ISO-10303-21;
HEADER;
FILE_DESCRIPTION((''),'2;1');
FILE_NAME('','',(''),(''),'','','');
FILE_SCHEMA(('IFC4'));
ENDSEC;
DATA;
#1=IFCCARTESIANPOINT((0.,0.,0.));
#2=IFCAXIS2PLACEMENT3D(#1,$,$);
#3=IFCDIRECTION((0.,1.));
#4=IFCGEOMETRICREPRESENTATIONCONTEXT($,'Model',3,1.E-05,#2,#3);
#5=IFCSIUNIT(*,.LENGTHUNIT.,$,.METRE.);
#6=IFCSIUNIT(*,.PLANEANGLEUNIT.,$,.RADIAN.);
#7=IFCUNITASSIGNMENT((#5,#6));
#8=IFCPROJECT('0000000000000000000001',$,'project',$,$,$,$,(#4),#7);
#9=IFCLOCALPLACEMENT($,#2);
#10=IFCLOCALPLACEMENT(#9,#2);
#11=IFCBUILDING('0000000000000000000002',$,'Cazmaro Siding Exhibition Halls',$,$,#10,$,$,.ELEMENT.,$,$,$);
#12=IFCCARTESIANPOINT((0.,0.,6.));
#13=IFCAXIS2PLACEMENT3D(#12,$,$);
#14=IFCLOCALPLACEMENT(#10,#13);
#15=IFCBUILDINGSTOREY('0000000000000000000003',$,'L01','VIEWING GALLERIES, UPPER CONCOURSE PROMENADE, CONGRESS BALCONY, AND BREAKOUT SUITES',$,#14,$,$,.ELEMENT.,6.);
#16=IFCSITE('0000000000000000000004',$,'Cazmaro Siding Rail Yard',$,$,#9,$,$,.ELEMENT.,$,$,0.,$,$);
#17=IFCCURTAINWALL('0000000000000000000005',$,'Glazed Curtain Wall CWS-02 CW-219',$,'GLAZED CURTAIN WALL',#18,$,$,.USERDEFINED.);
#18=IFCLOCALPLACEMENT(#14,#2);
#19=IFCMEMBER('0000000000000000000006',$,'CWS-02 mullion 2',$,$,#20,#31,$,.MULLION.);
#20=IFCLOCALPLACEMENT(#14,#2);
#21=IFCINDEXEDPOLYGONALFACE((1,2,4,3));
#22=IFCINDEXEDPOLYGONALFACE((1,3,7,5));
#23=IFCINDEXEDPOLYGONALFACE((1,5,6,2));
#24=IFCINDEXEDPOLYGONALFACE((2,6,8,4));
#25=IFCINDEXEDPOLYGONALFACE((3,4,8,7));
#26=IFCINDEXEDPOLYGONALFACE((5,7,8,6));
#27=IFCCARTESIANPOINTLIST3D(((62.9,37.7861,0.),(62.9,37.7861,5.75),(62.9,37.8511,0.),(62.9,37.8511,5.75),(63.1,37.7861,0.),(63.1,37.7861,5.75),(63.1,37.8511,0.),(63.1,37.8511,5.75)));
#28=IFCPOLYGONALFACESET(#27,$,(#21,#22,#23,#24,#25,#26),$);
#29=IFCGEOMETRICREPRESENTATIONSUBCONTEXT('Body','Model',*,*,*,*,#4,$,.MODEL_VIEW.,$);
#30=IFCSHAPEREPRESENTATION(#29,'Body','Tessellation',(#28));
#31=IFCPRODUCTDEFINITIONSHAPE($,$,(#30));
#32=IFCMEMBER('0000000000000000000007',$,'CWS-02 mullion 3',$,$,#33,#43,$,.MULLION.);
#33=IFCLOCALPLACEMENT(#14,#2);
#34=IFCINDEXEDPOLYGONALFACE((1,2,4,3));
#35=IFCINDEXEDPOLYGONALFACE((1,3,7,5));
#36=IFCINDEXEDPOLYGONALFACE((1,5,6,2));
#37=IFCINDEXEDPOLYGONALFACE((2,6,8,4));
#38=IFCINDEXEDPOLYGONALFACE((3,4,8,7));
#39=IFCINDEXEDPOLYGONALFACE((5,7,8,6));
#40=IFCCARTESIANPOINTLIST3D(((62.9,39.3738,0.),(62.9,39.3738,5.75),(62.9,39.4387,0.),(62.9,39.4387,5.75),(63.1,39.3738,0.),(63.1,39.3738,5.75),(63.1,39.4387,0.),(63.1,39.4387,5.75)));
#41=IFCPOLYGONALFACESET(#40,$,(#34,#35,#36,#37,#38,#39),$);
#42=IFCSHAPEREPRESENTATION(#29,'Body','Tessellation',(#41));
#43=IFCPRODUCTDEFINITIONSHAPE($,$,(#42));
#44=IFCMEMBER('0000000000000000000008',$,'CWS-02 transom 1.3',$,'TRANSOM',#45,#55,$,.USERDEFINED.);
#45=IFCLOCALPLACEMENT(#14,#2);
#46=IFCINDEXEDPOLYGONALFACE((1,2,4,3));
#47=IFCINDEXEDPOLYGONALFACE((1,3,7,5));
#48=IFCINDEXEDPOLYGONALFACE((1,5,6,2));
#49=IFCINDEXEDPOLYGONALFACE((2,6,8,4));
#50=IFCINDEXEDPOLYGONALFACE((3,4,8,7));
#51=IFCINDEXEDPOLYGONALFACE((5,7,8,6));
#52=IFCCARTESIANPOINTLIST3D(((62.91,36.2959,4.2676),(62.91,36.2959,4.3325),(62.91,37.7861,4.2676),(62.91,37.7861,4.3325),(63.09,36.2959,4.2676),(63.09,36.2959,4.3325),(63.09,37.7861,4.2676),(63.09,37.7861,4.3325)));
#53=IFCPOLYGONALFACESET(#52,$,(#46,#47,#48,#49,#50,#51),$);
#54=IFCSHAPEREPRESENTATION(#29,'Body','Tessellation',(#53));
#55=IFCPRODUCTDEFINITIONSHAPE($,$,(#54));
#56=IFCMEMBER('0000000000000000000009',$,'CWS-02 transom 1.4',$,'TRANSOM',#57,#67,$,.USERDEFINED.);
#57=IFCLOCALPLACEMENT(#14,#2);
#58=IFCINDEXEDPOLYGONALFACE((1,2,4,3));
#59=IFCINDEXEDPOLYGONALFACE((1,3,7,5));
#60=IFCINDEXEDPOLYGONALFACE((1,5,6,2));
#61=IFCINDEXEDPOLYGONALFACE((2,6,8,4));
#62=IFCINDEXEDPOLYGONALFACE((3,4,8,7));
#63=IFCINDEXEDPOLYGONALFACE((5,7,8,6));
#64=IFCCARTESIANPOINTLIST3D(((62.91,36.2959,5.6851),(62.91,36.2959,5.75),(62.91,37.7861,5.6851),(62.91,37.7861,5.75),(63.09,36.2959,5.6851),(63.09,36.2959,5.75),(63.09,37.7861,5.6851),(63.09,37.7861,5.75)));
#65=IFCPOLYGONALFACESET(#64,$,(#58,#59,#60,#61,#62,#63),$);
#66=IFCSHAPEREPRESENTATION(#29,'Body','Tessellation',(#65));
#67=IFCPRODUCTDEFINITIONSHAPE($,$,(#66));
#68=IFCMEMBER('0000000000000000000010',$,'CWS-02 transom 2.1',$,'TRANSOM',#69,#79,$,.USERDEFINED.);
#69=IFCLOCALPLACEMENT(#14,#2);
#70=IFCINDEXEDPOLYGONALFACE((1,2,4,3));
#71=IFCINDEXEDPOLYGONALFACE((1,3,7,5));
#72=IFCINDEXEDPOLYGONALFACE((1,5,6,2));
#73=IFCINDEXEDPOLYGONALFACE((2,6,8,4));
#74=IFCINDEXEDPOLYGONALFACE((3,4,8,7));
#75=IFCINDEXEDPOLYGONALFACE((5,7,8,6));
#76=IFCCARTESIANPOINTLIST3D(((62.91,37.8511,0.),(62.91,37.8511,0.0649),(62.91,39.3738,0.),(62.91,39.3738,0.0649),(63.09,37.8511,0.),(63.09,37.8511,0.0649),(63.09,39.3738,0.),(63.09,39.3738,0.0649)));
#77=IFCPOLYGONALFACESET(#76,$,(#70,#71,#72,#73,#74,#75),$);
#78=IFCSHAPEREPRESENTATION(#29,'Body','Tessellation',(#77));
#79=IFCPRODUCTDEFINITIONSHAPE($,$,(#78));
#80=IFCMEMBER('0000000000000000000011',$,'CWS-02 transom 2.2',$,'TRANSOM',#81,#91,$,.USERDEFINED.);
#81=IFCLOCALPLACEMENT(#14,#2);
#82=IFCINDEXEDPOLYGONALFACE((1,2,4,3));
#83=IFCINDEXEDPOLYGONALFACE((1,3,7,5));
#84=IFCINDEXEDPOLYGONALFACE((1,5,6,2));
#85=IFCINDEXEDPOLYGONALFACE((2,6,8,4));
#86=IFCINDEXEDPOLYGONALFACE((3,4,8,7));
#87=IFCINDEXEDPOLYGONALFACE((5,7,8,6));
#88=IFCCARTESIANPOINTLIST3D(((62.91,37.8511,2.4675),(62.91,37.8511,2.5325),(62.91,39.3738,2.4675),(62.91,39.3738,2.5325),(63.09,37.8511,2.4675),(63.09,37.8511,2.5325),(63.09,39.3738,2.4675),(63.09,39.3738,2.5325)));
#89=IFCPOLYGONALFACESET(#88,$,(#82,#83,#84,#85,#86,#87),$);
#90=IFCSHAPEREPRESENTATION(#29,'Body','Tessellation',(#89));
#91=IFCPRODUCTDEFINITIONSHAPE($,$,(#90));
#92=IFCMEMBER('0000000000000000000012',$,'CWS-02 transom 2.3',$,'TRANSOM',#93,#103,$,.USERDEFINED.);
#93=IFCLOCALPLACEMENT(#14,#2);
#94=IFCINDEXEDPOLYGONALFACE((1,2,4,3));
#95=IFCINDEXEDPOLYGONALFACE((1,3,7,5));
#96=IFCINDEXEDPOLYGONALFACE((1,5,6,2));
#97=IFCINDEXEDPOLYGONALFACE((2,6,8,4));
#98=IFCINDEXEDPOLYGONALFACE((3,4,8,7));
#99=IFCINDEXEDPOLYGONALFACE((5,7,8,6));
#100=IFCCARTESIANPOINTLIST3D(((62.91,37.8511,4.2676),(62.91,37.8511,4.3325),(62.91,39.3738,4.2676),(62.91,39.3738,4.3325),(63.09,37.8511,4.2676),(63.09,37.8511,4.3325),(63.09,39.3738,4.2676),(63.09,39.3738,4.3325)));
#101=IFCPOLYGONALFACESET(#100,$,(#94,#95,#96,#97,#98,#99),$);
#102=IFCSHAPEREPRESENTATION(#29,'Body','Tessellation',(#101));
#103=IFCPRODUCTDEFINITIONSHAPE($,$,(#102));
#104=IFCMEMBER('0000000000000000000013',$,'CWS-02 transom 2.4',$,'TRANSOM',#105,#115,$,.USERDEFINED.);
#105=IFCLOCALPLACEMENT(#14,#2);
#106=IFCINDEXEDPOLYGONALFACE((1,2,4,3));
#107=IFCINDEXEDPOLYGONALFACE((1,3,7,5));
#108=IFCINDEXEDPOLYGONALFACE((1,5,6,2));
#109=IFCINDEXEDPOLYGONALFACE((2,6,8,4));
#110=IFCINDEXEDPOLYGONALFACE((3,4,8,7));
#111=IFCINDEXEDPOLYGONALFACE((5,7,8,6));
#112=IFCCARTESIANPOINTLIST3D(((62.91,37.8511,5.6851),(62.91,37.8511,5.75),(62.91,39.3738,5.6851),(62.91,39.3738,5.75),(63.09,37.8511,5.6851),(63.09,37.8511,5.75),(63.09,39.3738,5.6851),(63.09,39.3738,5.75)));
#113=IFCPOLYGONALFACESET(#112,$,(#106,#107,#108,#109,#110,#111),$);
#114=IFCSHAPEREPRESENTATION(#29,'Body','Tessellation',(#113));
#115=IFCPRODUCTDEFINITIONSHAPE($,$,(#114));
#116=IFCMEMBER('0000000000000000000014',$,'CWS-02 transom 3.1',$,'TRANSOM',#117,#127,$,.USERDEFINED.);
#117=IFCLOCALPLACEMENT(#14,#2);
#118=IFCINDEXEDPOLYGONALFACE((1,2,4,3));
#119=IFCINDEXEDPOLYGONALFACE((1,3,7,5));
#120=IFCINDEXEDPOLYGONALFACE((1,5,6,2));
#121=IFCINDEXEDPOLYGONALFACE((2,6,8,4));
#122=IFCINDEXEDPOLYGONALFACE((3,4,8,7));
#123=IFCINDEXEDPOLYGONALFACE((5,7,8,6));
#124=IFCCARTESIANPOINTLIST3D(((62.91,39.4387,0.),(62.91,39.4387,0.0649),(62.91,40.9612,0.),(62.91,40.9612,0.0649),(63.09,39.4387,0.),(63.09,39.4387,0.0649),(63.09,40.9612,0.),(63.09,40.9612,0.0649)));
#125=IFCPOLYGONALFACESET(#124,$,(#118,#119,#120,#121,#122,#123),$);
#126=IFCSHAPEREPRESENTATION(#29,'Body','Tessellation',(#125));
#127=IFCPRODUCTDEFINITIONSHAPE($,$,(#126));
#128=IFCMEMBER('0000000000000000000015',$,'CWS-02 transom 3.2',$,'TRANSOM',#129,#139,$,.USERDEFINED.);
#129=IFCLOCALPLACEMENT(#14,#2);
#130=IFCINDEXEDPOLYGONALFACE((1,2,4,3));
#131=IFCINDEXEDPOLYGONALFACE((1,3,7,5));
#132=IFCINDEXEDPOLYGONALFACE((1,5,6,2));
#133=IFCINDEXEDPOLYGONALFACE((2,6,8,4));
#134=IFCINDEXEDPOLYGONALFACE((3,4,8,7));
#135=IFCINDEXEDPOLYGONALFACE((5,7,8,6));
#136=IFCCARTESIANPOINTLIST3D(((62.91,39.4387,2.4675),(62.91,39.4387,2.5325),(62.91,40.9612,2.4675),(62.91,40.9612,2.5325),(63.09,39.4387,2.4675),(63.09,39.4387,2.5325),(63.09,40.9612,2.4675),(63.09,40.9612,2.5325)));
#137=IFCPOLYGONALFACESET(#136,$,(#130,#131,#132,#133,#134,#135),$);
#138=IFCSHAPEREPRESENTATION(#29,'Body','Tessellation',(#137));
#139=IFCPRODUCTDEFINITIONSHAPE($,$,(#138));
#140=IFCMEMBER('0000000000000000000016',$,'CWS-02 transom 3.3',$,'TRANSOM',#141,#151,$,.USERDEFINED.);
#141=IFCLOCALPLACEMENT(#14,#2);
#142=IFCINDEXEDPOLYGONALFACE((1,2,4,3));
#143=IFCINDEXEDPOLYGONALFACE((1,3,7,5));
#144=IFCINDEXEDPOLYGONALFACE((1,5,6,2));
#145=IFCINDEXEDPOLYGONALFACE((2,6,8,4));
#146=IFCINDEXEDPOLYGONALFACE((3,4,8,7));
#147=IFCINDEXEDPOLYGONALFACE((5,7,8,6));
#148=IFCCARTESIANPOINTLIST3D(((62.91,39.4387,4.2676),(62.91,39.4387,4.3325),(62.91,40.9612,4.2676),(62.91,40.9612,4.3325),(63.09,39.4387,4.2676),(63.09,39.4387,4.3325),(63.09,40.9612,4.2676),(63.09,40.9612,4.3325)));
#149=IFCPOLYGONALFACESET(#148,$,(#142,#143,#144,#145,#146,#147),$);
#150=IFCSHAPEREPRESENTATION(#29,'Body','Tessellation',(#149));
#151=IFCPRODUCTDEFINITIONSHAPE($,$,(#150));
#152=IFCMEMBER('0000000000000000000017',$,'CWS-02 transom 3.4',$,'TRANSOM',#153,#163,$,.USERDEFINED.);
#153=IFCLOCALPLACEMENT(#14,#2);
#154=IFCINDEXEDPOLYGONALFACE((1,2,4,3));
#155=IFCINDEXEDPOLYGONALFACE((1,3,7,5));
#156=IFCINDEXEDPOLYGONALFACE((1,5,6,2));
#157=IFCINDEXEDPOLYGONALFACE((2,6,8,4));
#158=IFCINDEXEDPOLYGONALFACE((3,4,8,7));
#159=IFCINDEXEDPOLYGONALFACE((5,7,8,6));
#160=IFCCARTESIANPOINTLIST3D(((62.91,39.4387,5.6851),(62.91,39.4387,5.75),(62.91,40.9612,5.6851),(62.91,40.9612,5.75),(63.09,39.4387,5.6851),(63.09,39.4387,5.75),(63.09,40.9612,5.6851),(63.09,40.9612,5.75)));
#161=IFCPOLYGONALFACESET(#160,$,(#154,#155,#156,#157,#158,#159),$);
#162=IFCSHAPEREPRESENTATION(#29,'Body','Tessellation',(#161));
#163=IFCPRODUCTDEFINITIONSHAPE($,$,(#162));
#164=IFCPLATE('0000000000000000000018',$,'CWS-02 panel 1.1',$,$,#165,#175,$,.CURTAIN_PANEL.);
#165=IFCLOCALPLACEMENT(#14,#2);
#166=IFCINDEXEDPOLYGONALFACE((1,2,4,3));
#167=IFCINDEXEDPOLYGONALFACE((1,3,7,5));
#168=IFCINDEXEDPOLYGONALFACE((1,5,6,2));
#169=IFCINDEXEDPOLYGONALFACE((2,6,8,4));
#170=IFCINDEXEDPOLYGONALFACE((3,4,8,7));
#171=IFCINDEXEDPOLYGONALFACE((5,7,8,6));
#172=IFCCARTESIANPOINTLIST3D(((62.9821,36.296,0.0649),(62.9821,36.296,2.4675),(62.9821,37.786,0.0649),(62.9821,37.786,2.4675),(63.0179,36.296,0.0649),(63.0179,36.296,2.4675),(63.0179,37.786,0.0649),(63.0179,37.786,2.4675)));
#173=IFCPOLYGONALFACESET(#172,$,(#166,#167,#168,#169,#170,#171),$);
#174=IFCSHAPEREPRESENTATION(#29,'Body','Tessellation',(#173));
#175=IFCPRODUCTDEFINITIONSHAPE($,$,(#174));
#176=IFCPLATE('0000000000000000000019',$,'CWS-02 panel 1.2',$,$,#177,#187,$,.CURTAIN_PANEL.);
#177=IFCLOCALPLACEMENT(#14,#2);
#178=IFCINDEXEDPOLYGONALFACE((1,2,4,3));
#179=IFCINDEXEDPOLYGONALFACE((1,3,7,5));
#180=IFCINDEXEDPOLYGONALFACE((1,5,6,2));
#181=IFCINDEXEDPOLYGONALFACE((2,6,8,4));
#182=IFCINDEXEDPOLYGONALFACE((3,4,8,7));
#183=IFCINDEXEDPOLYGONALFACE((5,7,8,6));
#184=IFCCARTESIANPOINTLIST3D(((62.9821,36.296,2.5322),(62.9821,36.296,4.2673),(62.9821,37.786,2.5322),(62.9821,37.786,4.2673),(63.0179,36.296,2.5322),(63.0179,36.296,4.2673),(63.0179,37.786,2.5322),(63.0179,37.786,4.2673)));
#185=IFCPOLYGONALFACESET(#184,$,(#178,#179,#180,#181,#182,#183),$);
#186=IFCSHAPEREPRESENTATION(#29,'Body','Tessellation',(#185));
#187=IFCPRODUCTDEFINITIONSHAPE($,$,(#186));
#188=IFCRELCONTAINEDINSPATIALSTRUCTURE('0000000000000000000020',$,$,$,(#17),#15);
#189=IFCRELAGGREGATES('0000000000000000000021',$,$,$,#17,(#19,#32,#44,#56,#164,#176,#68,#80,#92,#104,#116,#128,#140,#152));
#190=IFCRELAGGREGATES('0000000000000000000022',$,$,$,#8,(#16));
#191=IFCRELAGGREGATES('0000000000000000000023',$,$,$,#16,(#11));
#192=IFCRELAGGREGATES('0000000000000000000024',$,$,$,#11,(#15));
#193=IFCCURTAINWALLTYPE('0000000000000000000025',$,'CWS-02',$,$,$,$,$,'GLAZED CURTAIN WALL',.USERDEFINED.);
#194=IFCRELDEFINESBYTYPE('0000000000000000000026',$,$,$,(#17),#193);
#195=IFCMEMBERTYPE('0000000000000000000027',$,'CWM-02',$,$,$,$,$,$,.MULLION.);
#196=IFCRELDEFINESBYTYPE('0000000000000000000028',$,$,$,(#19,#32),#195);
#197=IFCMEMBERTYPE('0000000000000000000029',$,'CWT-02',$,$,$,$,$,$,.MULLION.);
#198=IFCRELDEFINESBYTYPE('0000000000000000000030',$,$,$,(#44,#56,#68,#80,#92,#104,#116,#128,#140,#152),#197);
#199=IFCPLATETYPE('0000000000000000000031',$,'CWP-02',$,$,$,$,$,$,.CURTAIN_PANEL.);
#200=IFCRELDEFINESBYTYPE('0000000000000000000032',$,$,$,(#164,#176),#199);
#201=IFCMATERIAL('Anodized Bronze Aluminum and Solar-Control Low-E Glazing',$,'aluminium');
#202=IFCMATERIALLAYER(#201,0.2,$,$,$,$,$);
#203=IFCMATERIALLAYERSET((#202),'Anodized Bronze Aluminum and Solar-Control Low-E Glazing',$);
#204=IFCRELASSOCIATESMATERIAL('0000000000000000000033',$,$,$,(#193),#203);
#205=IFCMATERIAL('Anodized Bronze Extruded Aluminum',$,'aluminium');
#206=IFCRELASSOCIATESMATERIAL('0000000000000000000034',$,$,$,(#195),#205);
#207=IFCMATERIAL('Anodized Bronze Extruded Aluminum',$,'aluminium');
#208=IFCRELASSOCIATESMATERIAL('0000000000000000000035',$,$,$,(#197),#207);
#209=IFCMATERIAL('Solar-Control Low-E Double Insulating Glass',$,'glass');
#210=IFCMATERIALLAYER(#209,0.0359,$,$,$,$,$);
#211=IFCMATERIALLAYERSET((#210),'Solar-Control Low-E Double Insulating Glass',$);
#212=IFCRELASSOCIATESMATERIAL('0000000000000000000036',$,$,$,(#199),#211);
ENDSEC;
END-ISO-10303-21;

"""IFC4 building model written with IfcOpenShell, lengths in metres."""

from ifc_helpers import new_model, si_unit, direction, frame, origin, origin_2d, place, context, subcontext, project, spatial, rectangle, extrude, material, layer, layer_set, material_profile, profile_set, type_object, element, aggregate, save


model = new_model("IFC4")

# Units and contexts
model_context = context("Model", 3, precision=1e-05, world=origin(), true_north=direction((0.0, 1.0)))
body_context = subcontext(model_context, "Body", "Model", "MODEL_VIEW")
ifc_project = project(units=[si_unit("LENGTHUNIT", "METRE"), si_unit("PLANEANGLEUNIT", "RADIAN")], contexts=[model_context])

# Site, building, storey
site_placement = place(None, origin())
site = spatial("IfcSite", under=ifc_project, at=site_placement, Name="Cazmaro Siding Rail Yard", CompositionType="ELEMENT", RefElevation=0.0)
building_placement = place(site_placement, origin())
building = spatial("IfcBuilding", under=site, at=building_placement, Name="Cazmaro Siding Exhibition Halls", CompositionType="ELEMENT")
storey_placement = place(building_placement, frame((0.0, 0.0, 6.0)))
storey = spatial("IfcBuildingStorey", under=building, at=storey_placement, Name="L01", Description="VIEWING GALLERIES, UPPER CONCOURSE PROMENADE, CONGRESS BALCONY, AND BREAKOUT SUITES", CompositionType="ELEMENT", Elevation=6.0)

# Curtain wall, members, plates
ifc_material_1 = material(Name="Anodized Bronze Aluminum and Solar-Control Low-E Glazing", Category="aluminium")
ifc_layer_1 = layer(ifc_material_1, 0.2)
ifc_layer_set_1 = layer_set([ifc_layer_1], Name="Anodized Bronze Aluminum and Solar-Control Low-E Glazing")
curtain_wall_type = type_object("IfcCurtainWallType", Name="CWS-02", ElementType="GLAZED CURTAIN WALL", PredefinedType="USERDEFINED", material=ifc_layer_set_1)
curtain_wall_placement = place(storey_placement, origin())
curtain_wall = element("IfcCurtainWall", 1, at=curtain_wall_placement, inside=storey, type_object=curtain_wall_type, Name="Glazed Curtain Wall CWS-02 CW-219", ObjectType="GLAZED CURTAIN WALL", PredefinedType="USERDEFINED")
ifc_material_2 = material(Name="Anodized Bronze Extruded Aluminum", Category="aluminium")
ifc_material_profile_1 = material_profile(ifc_material_2, rectangle(XDim=0.2, YDim=0.0649, at=origin_2d()), Name="CWM-02")
ifc_profile_set_1 = profile_set([ifc_material_profile_1], Name="Anodized Bronze Extruded Aluminum")
member_type_1 = type_object("IfcMemberType", Name="CWM-02", PredefinedType="MULLION", material=ifc_profile_set_1)
member_1_placement = place(storey_placement, frame((63.0, 37.8186, 0.0), z_axis=(0.0, 0.0, 1.0), x_axis=(-1.0, 0.0, 0.0)))
member_1 = element("IfcMember", 2, at=member_1_placement, type_object=member_type_1, Name="CWS-02 mullion 2", PredefinedType="MULLION", context=body_context, shape_type="SweptSolid", body=[
    extrude(rectangle(XDim=0.2, YDim=0.0649, at=origin_2d()), origin(), (0.0, 0.0, 1.0), 5.75),
])
member_2_placement = place(storey_placement, frame((63.0, 39.4062, 0.0), z_axis=(0.0, 0.0, 1.0), x_axis=(-1.0, 0.0, 0.0)))
member_2 = element("IfcMember", 3, at=member_2_placement, type_object=member_type_1, Name="CWS-02 mullion 3", PredefinedType="MULLION", context=body_context, shape_type="SweptSolid", body=[
    extrude(rectangle(XDim=0.2, YDim=0.0649, at=origin_2d()), origin(), (0.0, 0.0, 1.0), 5.75),
])
ifc_material_3 = material(Name="Anodized Bronze Extruded Aluminum", Category="aluminium")
ifc_material_profile_2 = material_profile(ifc_material_3, rectangle(XDim=0.1799, YDim=0.0649, at=origin_2d()), Name="CWT-02")
ifc_profile_set_2 = profile_set([ifc_material_profile_2], Name="Anodized Bronze Extruded Aluminum")
member_type_2 = type_object("IfcMemberType", Name="CWT-02", PredefinedType="MULLION", material=ifc_profile_set_2)
member_3_placement = place(storey_placement, frame((63.0, 36.2959, 4.3), z_axis=(0.0, 1.0, 0.0), x_axis=(-1.0, 0.0, 0.0)))
member_3 = element("IfcMember", 4, at=member_3_placement, type_object=member_type_2, Name="CWS-02 transom 1.3", ObjectType="TRANSOM", PredefinedType="USERDEFINED", context=body_context, shape_type="SweptSolid", body=[
    extrude(rectangle(XDim=0.1799, YDim=0.0649, at=origin_2d()), origin(), (0.0, 0.0, 1.0), 1.4902),
])
member_4_placement = place(storey_placement, frame((63.0, 36.2959, 5.7175), z_axis=(0.0, 1.0, 0.0), x_axis=(-1.0, 0.0, 0.0)))
member_4 = element("IfcMember", 5, at=member_4_placement, type_object=member_type_2, Name="CWS-02 transom 1.4", ObjectType="TRANSOM", PredefinedType="USERDEFINED", context=body_context, shape_type="SweptSolid", body=[
    extrude(rectangle(XDim=0.1799, YDim=0.0649, at=origin_2d()), origin(), (0.0, 0.0, 1.0), 1.4902),
])
member_5_placement = place(storey_placement, frame((63.0, 37.8511, 0.0325), z_axis=(0.0, 1.0, 0.0), x_axis=(-1.0, 0.0, 0.0)))
member_5 = element("IfcMember", 6, at=member_5_placement, type_object=member_type_2, Name="CWS-02 transom 2.1", ObjectType="TRANSOM", PredefinedType="USERDEFINED", context=body_context, shape_type="SweptSolid", body=[
    extrude(rectangle(XDim=0.1799, YDim=0.0649, at=origin_2d()), origin(), (0.0, 0.0, 1.0), 1.5227),
])
member_6_placement = place(storey_placement, frame((63.0, 37.8511, 2.5), z_axis=(0.0, 1.0, 0.0), x_axis=(-1.0, 0.0, 0.0)))
member_6 = element("IfcMember", 7, at=member_6_placement, type_object=member_type_2, Name="CWS-02 transom 2.2", ObjectType="TRANSOM", PredefinedType="USERDEFINED", context=body_context, shape_type="SweptSolid", body=[
    extrude(rectangle(XDim=0.1799, YDim=0.0649, at=origin_2d()), origin(), (0.0, 0.0, 1.0), 1.5227),
])
member_7_placement = place(storey_placement, frame((63.0, 37.8511, 4.3), z_axis=(0.0, 1.0, 0.0), x_axis=(-1.0, 0.0, 0.0)))
member_7 = element("IfcMember", 8, at=member_7_placement, type_object=member_type_2, Name="CWS-02 transom 2.3", ObjectType="TRANSOM", PredefinedType="USERDEFINED", context=body_context, shape_type="SweptSolid", body=[
    extrude(rectangle(XDim=0.1799, YDim=0.0649, at=origin_2d()), origin(), (0.0, 0.0, 1.0), 1.5227),
])
member_8_placement = place(storey_placement, frame((63.0, 37.8511, 5.7175), z_axis=(0.0, 1.0, 0.0), x_axis=(-1.0, 0.0, 0.0)))
member_8 = element("IfcMember", 9, at=member_8_placement, type_object=member_type_2, Name="CWS-02 transom 2.4", ObjectType="TRANSOM", PredefinedType="USERDEFINED", context=body_context, shape_type="SweptSolid", body=[
    extrude(rectangle(XDim=0.1799, YDim=0.0649, at=origin_2d()), origin(), (0.0, 0.0, 1.0), 1.5227),
])
member_9_placement = place(storey_placement, frame((63.0, 39.4387, 0.0325), z_axis=(0.0, 1.0, 0.0), x_axis=(-1.0, 0.0, 0.0)))
member_9 = element("IfcMember", 10, at=member_9_placement, type_object=member_type_2, Name="CWS-02 transom 3.1", ObjectType="TRANSOM", PredefinedType="USERDEFINED", context=body_context, shape_type="SweptSolid", body=[
    extrude(rectangle(XDim=0.1799, YDim=0.0649, at=origin_2d()), origin(), (0.0, 0.0, 1.0), 1.5225),
])
member_10_placement = place(storey_placement, frame((63.0, 39.4387, 2.5), z_axis=(0.0, 1.0, 0.0), x_axis=(-1.0, 0.0, 0.0)))
member_10 = element("IfcMember", 11, at=member_10_placement, type_object=member_type_2, Name="CWS-02 transom 3.2", ObjectType="TRANSOM", PredefinedType="USERDEFINED", context=body_context, shape_type="SweptSolid", body=[
    extrude(rectangle(XDim=0.1799, YDim=0.0649, at=origin_2d()), origin(), (0.0, 0.0, 1.0), 1.5225),
])
member_11_placement = place(storey_placement, frame((63.0, 39.4387, 4.3), z_axis=(0.0, 1.0, 0.0), x_axis=(-1.0, 0.0, 0.0)))
member_11 = element("IfcMember", 12, at=member_11_placement, type_object=member_type_2, Name="CWS-02 transom 3.3", ObjectType="TRANSOM", PredefinedType="USERDEFINED", context=body_context, shape_type="SweptSolid", body=[
    extrude(rectangle(XDim=0.1799, YDim=0.0649, at=origin_2d()), origin(), (0.0, 0.0, 1.0), 1.5225),
])
member_12_placement = place(storey_placement, frame((63.0, 39.4387, 5.7175), z_axis=(0.0, 1.0, 0.0), x_axis=(-1.0, 0.0, 0.0)))
member_12 = element("IfcMember", 13, at=member_12_placement, type_object=member_type_2, Name="CWS-02 transom 3.4", ObjectType="TRANSOM", PredefinedType="USERDEFINED", context=body_context, shape_type="SweptSolid", body=[
    extrude(rectangle(XDim=0.1799, YDim=0.0649, at=origin_2d()), origin(), (0.0, 0.0, 1.0), 1.5225),
])
ifc_material_4 = material(Name="Solar-Control Low-E Double Insulating Glass", Category="glass")
ifc_layer_2 = layer(ifc_material_4, 0.0359)
ifc_layer_set_2 = layer_set([ifc_layer_2], Name="Solar-Control Low-E Double Insulating Glass")
plate_type = type_object("IfcPlateType", Name="CWP-02", PredefinedType="CURTAIN_PANEL", material=ifc_layer_set_2)
plate_1_placement = place(storey_placement, frame((63.0, 37.041, 0.0649), z_axis=(0.0, 0.0, 1.0), x_axis=(0.0, 1.0, 0.0)))
plate_1 = element("IfcPlate", 14, at=plate_1_placement, type_object=plate_type, Name="CWS-02 panel 1.1", PredefinedType="CURTAIN_PANEL", context=body_context, shape_type="SweptSolid", body=[
    extrude(rectangle(XDim=1.49, YDim=0.0359, at=origin_2d()), origin(), (0.0, 0.0, 1.0), 2.4026),
])
plate_2_placement = place(storey_placement, frame((63.0, 37.041, 2.5322), z_axis=(0.0, 0.0, 1.0), x_axis=(0.0, 1.0, 0.0)))
plate_2 = element("IfcPlate", 15, at=plate_2_placement, type_object=plate_type, Name="CWS-02 panel 1.2", PredefinedType="CURTAIN_PANEL", context=body_context, shape_type="SweptSolid", body=[
    extrude(rectangle(XDim=1.49, YDim=0.0359, at=origin_2d()), origin(), (0.0, 0.0, 1.0), 1.7351),
])
aggregate(curtain_wall, [member_1, member_2, member_3, member_4, plate_1, plate_2, member_5, member_6, member_7, member_8, member_9, member_10, member_11, member_12])

save(model, "model.ifc")
